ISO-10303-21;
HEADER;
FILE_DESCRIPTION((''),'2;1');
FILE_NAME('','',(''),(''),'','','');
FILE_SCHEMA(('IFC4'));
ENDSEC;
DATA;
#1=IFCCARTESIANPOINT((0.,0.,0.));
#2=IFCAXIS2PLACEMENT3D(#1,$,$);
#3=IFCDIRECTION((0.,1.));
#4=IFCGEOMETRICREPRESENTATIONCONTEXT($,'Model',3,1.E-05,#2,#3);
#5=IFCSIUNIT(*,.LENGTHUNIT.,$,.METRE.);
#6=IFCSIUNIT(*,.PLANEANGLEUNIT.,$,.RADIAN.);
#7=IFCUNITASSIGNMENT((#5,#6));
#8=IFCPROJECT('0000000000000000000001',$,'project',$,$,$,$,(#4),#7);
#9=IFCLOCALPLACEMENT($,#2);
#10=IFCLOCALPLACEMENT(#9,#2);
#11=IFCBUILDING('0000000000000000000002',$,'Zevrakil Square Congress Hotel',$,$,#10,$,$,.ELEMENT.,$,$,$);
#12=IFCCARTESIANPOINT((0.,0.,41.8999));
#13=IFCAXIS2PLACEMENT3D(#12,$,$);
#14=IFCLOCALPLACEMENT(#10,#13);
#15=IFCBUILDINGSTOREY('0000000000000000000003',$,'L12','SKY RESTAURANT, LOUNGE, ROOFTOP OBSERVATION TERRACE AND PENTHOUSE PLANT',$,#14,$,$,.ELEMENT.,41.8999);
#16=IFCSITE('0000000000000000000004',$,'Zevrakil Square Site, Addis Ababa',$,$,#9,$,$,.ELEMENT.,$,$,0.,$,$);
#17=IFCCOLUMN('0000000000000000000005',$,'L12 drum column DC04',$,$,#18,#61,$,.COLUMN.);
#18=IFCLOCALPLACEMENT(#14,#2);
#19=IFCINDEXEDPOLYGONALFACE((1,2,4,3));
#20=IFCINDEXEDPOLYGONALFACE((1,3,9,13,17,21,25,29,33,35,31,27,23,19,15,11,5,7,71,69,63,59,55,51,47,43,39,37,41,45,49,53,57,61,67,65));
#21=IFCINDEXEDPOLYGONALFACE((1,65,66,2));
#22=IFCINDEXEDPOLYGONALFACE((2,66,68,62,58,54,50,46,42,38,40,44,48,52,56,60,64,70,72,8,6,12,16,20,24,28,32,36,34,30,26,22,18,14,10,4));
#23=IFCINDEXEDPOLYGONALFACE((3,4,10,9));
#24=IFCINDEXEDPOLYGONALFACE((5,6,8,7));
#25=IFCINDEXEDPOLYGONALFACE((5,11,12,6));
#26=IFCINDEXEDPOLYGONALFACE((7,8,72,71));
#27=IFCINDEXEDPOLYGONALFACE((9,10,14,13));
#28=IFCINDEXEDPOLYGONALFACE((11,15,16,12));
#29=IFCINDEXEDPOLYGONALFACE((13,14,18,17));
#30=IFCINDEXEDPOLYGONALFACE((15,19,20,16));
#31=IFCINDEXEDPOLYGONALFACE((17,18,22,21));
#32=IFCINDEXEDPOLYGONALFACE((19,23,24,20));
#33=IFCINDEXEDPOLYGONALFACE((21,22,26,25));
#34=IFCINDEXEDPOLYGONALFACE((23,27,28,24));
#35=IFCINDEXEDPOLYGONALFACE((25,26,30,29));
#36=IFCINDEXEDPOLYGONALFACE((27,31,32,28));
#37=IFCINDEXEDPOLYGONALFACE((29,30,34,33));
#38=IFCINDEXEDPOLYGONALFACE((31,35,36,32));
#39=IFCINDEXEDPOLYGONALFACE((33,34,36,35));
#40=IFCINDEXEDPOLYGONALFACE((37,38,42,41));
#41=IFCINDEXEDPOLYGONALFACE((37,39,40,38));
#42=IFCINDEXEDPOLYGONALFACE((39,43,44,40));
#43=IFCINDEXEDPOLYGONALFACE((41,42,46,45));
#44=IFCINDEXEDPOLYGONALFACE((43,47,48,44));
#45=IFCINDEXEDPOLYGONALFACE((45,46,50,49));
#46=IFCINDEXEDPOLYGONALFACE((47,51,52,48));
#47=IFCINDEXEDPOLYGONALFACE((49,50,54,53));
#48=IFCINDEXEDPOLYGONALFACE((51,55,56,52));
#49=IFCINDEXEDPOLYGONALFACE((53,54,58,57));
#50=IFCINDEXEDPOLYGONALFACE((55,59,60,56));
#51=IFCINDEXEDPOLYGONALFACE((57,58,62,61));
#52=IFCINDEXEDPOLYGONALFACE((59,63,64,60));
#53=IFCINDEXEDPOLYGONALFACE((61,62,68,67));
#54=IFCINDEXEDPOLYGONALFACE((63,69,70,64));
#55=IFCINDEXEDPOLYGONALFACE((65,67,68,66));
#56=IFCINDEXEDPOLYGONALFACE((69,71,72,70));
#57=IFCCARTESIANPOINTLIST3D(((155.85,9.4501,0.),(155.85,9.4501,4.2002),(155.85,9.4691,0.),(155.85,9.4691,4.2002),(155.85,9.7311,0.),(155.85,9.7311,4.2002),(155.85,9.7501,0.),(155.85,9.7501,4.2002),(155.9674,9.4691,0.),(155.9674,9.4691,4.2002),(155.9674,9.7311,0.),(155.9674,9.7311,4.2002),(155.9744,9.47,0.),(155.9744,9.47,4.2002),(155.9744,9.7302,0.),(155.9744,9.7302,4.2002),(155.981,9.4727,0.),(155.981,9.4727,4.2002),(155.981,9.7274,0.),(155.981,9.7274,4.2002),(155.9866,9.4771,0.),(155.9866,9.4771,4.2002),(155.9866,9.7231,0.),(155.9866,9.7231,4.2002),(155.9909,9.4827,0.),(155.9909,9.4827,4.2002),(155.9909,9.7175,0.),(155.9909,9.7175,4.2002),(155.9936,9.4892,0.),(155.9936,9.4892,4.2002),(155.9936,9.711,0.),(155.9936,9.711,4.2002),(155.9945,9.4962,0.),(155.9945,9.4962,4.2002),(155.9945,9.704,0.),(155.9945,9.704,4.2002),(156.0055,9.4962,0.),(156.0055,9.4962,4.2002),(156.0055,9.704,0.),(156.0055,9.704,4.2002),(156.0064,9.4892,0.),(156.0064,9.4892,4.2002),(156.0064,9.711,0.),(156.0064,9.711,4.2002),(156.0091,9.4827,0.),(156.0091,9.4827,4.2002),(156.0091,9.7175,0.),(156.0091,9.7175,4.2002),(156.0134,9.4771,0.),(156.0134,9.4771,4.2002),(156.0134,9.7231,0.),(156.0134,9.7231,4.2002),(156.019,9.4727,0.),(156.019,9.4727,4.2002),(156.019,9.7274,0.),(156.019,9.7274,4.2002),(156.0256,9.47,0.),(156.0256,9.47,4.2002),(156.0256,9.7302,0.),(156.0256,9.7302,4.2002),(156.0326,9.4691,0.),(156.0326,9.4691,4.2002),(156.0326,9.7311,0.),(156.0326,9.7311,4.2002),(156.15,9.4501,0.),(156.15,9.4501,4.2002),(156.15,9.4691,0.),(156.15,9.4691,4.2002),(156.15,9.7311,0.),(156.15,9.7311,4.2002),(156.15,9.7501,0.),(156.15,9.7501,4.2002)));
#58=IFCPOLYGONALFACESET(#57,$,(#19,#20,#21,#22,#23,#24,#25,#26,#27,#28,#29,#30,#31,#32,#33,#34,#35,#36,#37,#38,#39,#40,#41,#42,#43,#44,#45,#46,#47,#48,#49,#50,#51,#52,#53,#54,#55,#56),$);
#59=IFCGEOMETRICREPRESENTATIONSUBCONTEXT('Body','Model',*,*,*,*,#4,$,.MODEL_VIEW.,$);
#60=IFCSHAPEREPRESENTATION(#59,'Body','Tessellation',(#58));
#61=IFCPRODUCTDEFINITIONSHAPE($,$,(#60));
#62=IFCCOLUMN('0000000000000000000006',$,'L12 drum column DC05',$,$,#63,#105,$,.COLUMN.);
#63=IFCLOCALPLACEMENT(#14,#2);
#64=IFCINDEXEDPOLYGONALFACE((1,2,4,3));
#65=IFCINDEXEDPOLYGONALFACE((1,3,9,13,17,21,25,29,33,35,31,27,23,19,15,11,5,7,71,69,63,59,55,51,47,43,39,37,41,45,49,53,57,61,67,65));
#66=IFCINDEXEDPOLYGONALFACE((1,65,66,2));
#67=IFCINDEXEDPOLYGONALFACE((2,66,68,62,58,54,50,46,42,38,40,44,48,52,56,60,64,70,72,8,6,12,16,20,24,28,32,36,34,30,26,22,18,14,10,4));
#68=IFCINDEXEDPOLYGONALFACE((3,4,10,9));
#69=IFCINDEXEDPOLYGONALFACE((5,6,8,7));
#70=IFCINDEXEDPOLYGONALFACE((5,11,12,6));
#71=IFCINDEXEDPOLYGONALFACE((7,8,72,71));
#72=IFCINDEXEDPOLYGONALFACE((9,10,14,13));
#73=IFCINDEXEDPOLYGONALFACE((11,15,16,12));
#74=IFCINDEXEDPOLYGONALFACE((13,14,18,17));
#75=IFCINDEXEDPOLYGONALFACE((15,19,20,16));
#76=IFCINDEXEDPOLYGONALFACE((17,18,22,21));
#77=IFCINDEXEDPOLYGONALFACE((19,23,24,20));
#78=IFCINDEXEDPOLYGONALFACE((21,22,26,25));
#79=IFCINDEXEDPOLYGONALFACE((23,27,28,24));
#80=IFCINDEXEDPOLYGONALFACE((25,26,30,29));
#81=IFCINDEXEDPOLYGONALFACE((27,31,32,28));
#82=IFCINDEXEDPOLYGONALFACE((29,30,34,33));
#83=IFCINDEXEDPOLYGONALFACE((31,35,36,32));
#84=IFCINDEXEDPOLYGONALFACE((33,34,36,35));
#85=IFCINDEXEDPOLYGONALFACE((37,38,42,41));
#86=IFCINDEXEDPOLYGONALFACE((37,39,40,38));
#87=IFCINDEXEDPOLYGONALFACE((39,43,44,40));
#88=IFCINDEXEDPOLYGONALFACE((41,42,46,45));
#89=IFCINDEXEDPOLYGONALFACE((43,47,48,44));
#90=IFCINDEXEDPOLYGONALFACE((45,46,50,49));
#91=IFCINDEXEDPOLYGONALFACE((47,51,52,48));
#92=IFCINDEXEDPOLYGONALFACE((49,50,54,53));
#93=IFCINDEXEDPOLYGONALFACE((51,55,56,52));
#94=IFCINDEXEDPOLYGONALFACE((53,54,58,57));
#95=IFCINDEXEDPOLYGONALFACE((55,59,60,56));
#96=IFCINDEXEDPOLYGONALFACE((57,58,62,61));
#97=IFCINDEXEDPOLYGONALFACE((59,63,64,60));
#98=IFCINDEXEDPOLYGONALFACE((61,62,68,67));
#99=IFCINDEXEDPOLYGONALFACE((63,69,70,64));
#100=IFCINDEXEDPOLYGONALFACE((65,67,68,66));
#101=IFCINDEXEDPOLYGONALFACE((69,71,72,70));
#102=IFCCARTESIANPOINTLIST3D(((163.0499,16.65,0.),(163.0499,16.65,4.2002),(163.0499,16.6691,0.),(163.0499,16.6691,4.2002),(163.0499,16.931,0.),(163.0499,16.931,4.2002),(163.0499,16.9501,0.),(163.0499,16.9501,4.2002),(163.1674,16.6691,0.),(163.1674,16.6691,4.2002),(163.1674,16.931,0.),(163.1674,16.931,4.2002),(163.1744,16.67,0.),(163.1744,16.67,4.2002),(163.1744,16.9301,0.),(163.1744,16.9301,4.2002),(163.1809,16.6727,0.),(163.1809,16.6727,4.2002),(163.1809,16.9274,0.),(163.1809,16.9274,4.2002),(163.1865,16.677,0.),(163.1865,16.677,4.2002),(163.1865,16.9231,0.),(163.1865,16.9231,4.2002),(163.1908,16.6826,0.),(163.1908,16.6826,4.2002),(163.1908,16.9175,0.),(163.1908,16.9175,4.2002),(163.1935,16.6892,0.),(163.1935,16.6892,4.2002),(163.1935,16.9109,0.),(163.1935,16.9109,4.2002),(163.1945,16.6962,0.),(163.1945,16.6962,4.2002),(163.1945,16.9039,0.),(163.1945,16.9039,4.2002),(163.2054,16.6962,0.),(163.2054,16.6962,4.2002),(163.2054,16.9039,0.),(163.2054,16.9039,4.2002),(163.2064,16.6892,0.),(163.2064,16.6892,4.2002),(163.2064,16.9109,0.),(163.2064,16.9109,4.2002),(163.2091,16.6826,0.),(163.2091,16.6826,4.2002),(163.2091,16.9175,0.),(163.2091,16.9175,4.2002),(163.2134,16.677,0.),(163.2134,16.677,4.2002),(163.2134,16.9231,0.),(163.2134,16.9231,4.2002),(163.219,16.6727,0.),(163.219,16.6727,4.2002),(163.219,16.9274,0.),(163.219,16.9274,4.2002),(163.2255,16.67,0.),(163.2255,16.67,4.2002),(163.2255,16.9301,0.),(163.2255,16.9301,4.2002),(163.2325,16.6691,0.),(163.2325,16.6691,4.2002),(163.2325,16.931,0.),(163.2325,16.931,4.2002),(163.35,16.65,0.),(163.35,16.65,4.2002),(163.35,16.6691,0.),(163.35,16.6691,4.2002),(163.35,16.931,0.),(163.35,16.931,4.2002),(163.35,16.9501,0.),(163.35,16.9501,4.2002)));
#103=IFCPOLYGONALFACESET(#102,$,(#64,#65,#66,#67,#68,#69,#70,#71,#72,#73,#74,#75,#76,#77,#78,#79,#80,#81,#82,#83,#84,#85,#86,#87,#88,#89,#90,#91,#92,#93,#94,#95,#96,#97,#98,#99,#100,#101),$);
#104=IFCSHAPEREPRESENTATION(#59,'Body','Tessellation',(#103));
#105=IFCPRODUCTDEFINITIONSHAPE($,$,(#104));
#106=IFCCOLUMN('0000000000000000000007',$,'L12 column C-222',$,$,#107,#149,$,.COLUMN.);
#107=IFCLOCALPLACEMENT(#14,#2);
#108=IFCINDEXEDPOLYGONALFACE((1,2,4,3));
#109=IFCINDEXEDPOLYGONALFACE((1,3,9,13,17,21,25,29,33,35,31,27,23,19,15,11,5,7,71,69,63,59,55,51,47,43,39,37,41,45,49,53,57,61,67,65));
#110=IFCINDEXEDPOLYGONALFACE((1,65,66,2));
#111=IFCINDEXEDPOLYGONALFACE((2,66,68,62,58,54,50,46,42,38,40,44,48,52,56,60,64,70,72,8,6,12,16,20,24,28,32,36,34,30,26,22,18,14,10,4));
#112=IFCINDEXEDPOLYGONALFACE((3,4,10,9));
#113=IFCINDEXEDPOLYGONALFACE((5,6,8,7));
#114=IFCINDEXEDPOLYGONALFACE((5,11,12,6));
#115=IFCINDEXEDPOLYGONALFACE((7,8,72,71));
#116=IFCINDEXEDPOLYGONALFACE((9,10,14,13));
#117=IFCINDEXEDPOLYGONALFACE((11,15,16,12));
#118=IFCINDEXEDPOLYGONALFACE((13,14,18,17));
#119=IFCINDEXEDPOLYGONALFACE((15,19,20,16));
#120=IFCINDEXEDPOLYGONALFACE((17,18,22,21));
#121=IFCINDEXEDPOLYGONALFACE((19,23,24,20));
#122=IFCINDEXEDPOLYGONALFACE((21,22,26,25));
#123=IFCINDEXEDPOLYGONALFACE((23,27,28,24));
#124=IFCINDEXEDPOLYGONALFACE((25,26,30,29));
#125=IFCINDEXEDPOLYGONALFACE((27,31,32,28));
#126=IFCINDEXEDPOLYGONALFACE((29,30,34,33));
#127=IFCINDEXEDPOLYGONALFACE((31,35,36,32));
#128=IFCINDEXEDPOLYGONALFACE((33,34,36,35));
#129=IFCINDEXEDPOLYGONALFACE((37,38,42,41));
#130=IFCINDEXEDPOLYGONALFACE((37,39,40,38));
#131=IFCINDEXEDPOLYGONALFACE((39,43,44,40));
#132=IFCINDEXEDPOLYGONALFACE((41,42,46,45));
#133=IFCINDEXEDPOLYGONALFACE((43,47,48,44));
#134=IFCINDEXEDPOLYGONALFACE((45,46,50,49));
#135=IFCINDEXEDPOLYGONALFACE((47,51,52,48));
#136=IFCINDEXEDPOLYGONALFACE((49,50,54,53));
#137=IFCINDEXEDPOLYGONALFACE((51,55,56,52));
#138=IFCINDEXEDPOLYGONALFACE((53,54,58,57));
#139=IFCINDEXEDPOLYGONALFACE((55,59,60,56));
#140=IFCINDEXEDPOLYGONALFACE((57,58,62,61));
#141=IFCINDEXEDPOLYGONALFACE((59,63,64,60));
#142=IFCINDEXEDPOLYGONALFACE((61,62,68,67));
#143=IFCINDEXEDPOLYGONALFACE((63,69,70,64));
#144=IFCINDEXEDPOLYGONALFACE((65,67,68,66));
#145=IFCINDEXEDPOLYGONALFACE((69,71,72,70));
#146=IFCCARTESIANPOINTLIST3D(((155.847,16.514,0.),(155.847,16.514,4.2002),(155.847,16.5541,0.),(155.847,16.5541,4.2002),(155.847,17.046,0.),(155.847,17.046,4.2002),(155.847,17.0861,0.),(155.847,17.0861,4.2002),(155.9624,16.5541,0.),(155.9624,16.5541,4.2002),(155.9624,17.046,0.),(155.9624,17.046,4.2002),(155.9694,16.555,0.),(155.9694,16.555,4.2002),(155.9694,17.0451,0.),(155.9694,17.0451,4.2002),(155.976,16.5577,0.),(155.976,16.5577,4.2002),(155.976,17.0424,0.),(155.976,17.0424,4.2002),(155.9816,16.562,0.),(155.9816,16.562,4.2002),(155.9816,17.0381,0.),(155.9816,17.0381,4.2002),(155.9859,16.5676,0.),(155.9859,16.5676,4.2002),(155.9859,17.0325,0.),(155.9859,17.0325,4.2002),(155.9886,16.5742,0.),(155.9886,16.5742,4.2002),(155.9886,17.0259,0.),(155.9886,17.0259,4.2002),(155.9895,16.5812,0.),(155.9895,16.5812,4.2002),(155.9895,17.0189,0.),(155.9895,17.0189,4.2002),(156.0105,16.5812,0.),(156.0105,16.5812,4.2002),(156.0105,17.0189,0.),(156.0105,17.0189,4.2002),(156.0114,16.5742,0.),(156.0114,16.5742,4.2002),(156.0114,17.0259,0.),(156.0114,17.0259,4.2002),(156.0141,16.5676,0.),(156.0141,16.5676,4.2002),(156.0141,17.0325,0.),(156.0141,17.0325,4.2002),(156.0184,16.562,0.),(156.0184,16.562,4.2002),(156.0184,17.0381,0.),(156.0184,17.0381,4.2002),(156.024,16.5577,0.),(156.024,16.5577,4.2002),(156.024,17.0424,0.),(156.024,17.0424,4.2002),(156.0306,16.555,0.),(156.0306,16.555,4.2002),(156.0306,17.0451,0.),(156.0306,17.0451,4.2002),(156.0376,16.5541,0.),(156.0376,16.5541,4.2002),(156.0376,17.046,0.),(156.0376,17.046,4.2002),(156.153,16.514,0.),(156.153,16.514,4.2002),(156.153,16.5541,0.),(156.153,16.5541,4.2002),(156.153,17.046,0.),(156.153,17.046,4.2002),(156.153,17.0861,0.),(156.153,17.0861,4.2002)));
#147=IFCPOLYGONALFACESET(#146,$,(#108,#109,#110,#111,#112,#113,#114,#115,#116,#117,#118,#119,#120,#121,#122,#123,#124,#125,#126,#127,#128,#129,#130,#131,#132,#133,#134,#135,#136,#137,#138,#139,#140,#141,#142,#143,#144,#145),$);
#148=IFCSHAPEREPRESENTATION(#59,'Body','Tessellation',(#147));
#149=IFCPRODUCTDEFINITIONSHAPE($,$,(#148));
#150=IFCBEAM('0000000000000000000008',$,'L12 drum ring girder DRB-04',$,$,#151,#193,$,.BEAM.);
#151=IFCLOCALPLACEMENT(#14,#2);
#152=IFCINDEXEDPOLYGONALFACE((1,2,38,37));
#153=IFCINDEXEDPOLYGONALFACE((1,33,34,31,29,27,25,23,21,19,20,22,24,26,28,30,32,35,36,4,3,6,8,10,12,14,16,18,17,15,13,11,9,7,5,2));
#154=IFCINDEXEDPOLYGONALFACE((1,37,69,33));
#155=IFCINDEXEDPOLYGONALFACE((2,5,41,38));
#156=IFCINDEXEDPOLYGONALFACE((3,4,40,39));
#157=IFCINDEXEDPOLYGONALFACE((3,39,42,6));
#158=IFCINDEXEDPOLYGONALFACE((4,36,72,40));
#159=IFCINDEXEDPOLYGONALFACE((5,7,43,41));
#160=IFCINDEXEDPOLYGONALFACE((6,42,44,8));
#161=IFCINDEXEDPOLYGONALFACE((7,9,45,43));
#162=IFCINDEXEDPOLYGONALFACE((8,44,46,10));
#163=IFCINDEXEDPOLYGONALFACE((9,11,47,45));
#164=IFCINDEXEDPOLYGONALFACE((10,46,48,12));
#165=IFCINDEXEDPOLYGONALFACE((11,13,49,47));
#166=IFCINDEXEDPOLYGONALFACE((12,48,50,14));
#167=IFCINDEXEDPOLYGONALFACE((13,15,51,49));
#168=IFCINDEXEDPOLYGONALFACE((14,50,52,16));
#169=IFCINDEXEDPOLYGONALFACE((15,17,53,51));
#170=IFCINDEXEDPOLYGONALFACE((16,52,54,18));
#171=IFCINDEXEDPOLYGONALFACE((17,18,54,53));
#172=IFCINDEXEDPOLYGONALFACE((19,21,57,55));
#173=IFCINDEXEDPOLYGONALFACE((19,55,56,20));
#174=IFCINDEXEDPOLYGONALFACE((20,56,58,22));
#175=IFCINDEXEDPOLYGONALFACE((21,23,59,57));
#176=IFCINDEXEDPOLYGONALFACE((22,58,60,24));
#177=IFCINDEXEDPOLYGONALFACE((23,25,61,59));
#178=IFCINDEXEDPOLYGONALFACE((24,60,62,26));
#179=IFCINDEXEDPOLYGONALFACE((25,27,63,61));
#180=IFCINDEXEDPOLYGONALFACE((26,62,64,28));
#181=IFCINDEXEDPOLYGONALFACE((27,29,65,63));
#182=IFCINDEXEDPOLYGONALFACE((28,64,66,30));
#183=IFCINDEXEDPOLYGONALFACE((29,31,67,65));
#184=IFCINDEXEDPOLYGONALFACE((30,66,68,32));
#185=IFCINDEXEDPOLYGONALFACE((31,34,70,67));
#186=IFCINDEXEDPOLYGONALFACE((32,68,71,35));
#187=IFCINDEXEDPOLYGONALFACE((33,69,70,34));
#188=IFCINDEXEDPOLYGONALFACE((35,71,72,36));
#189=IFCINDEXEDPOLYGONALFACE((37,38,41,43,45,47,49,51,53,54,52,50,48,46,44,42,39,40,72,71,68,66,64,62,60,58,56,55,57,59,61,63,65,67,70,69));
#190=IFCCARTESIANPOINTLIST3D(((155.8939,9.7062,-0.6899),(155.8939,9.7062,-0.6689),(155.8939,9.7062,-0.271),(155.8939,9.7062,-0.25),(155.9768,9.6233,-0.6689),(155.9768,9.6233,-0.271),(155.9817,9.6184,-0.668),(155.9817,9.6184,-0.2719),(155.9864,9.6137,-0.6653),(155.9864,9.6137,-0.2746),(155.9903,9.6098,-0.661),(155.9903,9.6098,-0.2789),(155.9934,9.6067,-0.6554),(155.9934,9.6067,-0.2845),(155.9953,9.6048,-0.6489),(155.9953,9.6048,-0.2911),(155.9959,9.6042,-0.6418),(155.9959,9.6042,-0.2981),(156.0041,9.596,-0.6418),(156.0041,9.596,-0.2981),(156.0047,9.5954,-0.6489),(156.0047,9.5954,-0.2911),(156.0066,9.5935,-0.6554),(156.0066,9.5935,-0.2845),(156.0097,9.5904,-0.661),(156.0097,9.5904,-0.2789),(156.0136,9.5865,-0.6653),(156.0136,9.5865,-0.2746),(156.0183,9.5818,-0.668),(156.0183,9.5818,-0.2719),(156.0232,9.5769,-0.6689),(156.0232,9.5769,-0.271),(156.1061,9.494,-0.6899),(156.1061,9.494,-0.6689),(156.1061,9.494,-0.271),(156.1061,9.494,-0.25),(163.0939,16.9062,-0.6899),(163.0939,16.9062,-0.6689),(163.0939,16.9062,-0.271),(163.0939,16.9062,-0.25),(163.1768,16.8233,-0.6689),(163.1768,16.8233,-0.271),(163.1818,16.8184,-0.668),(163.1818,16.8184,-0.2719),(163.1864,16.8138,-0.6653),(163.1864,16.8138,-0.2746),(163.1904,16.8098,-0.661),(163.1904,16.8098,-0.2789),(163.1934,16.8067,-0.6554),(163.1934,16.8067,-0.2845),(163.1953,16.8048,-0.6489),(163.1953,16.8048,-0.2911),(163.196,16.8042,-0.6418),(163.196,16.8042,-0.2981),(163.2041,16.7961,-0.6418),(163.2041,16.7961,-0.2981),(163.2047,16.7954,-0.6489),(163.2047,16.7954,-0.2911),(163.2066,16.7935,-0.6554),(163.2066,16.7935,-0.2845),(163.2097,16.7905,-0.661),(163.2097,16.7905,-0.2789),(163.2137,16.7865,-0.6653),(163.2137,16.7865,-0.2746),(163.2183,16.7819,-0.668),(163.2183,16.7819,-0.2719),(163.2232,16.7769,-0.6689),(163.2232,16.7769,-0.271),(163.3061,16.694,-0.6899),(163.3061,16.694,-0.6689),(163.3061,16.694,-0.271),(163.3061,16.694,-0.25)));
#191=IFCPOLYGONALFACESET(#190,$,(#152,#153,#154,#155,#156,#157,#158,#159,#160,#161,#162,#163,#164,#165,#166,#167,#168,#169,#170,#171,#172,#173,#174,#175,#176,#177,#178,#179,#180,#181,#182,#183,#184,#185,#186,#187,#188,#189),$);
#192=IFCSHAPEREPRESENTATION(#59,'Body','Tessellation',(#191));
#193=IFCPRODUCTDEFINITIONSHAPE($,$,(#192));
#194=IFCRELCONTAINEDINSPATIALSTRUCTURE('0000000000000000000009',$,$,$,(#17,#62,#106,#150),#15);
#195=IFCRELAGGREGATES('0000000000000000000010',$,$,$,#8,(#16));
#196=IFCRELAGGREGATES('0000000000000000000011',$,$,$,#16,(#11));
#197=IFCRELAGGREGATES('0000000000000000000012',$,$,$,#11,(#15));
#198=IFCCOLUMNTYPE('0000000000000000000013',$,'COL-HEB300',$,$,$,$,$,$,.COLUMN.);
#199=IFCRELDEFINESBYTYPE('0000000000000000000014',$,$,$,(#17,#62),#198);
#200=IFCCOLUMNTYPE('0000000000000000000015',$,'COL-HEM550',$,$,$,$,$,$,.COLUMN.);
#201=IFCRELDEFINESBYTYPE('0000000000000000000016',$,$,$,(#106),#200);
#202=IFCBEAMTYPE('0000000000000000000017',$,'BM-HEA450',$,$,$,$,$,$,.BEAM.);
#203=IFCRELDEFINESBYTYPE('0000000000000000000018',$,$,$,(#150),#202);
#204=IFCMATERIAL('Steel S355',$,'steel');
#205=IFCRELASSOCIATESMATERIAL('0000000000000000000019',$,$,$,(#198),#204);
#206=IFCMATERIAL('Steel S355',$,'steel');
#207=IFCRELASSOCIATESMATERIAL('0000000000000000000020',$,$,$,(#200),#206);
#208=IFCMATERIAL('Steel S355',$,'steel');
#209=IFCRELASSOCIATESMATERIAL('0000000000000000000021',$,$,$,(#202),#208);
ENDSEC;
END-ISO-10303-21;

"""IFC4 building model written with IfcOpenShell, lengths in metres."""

from ifc_helpers import new_model, si_unit, direction, frame, origin, origin_2d, place, context, subcontext, project, spatial, i_section, extrude, material, material_profile, profile_set, type_object, element, save


model = new_model("IFC4")

# Units and contexts
model_context = context("Model", 3, precision=1e-05, world=origin(), true_north=direction((0.0, 1.0)))
body_context = subcontext(model_context, "Body", "Model", "MODEL_VIEW")
ifc_project = project(units=[si_unit("LENGTHUNIT", "METRE"), si_unit("PLANEANGLEUNIT", "RADIAN")], contexts=[model_context])

# Site, building, storey
site_placement = place(None, origin())
site = spatial("IfcSite", under=ifc_project, at=site_placement, Name="Zevrakil Square Site, Addis Ababa", CompositionType="ELEMENT", RefElevation=0.0)
building_placement = place(site_placement, origin())
building = spatial("IfcBuilding", under=site, at=building_placement, Name="Zevrakil Square Congress Hotel", CompositionType="ELEMENT")
storey_placement = place(building_placement, frame((0.0, 0.0, 41.8999)))
storey = spatial("IfcBuildingStorey", under=building, at=storey_placement, Name="L12", Description="SKY RESTAURANT, LOUNGE, ROOFTOP OBSERVATION TERRACE AND PENTHOUSE PLANT", CompositionType="ELEMENT", Elevation=41.8999)

# Columns
ifc_material_1 = material(Name="Steel S355", Category="steel")
ifc_material_profile_1 = material_profile(ifc_material_1, i_section(OverallWidth=0.3, OverallDepth=0.3, WebThickness=0.011, FlangeThickness=0.019, FilletRadius=0.0271, at=origin_2d()), Name="HEB 300")
ifc_profile_set_1 = profile_set([ifc_material_profile_1], Name="Steel S355")
column_type_1 = type_object("IfcColumnType", Name="COL-HEB300", PredefinedType="COLUMN", material=ifc_profile_set_1)
for number, where, z_axis, x_axis, name in (
    (1, (156.0, 9.6001, 0.0), (0.0, 0.0, 1.0), (1.0, 0.0, 0.0), "L12 drum column DC04"),
    (2, (163.2, 16.8, 0.0), (0.0, 0.0, 1.0), (1.0, 0.0, 0.0), "L12 drum column DC05"),
):
    element("IfcColumn", number, at=place(storey_placement, frame(where, z_axis=z_axis, x_axis=x_axis)), inside=storey, type_object=column_type_1, Name=name, PredefinedType="COLUMN", context=body_context, shape_type="SweptSolid", body=[
        extrude(i_section(OverallWidth=0.3, OverallDepth=0.3, WebThickness=0.011, FlangeThickness=0.019, FilletRadius=0.0271, at=origin_2d()), origin(), (0.0, 0.0, 1.0), 4.2002),
    ])
ifc_material_2 = material(Name="Steel S355", Category="steel")
ifc_material_profile_2 = material_profile(ifc_material_2, i_section(OverallWidth=0.3059, OverallDepth=0.572, WebThickness=0.021, FlangeThickness=0.04, FilletRadius=0.0271, at=origin_2d()), Name="HEM 550")
ifc_profile_set_2 = profile_set([ifc_material_profile_2], Name="Steel S355")
column_type_2 = type_object("IfcColumnType", Name="COL-HEM550", PredefinedType="COLUMN", material=ifc_profile_set_2)
column_placement = place(storey_placement, frame((156.0, 16.8, 0.0), z_axis=(0.0, 0.0, 1.0), x_axis=(1.0, 0.0, 0.0)))
element("IfcColumn", 3, at=column_placement, inside=storey, type_object=column_type_2, Name="L12 column C-222", PredefinedType="COLUMN", context=body_context, shape_type="SweptSolid", body=[
    extrude(i_section(OverallWidth=0.3059, OverallDepth=0.572, WebThickness=0.021, FlangeThickness=0.04, FilletRadius=0.0271, at=origin_2d()), origin(), (0.0, 0.0, 1.0), 4.2002),
])

# Beam
ifc_material_3 = material(Name="Steel S355", Category="steel")
ifc_material_profile_3 = material_profile(ifc_material_3, i_section(OverallWidth=0.3, OverallDepth=0.4399, WebThickness=0.0115, FlangeThickness=0.021, FilletRadius=0.0271, at=origin_2d()), Name="HEA 450")
ifc_profile_set_3 = profile_set([ifc_material_profile_3], Name="Steel S355")
beam_type_1 = type_object("IfcBeamType", Name="BM-HEA450", PredefinedType="BEAM", material=ifc_profile_set_3)
beam_1_placement = place(storey_placement, frame((156.0, 9.6001, -0.47), z_axis=(0.707107, 0.707107, 0.0), x_axis=(-0.707107, 0.707107, 0.0)))
element("IfcBeam", 4, at=beam_1_placement, inside=storey, type_object=beam_type_1, Name="L12 drum ring girder DRB-04", PredefinedType="BEAM", context=body_context, shape_type="SweptSolid", body=[
    extrude(i_section(OverallWidth=0.3, OverallDepth=0.4399, WebThickness=0.0115, FlangeThickness=0.021, FilletRadius=0.0271, at=origin_2d()), origin(), (0.0, 0.0, 1.0), 10.1824),
])

save(model, "model.ifc")
